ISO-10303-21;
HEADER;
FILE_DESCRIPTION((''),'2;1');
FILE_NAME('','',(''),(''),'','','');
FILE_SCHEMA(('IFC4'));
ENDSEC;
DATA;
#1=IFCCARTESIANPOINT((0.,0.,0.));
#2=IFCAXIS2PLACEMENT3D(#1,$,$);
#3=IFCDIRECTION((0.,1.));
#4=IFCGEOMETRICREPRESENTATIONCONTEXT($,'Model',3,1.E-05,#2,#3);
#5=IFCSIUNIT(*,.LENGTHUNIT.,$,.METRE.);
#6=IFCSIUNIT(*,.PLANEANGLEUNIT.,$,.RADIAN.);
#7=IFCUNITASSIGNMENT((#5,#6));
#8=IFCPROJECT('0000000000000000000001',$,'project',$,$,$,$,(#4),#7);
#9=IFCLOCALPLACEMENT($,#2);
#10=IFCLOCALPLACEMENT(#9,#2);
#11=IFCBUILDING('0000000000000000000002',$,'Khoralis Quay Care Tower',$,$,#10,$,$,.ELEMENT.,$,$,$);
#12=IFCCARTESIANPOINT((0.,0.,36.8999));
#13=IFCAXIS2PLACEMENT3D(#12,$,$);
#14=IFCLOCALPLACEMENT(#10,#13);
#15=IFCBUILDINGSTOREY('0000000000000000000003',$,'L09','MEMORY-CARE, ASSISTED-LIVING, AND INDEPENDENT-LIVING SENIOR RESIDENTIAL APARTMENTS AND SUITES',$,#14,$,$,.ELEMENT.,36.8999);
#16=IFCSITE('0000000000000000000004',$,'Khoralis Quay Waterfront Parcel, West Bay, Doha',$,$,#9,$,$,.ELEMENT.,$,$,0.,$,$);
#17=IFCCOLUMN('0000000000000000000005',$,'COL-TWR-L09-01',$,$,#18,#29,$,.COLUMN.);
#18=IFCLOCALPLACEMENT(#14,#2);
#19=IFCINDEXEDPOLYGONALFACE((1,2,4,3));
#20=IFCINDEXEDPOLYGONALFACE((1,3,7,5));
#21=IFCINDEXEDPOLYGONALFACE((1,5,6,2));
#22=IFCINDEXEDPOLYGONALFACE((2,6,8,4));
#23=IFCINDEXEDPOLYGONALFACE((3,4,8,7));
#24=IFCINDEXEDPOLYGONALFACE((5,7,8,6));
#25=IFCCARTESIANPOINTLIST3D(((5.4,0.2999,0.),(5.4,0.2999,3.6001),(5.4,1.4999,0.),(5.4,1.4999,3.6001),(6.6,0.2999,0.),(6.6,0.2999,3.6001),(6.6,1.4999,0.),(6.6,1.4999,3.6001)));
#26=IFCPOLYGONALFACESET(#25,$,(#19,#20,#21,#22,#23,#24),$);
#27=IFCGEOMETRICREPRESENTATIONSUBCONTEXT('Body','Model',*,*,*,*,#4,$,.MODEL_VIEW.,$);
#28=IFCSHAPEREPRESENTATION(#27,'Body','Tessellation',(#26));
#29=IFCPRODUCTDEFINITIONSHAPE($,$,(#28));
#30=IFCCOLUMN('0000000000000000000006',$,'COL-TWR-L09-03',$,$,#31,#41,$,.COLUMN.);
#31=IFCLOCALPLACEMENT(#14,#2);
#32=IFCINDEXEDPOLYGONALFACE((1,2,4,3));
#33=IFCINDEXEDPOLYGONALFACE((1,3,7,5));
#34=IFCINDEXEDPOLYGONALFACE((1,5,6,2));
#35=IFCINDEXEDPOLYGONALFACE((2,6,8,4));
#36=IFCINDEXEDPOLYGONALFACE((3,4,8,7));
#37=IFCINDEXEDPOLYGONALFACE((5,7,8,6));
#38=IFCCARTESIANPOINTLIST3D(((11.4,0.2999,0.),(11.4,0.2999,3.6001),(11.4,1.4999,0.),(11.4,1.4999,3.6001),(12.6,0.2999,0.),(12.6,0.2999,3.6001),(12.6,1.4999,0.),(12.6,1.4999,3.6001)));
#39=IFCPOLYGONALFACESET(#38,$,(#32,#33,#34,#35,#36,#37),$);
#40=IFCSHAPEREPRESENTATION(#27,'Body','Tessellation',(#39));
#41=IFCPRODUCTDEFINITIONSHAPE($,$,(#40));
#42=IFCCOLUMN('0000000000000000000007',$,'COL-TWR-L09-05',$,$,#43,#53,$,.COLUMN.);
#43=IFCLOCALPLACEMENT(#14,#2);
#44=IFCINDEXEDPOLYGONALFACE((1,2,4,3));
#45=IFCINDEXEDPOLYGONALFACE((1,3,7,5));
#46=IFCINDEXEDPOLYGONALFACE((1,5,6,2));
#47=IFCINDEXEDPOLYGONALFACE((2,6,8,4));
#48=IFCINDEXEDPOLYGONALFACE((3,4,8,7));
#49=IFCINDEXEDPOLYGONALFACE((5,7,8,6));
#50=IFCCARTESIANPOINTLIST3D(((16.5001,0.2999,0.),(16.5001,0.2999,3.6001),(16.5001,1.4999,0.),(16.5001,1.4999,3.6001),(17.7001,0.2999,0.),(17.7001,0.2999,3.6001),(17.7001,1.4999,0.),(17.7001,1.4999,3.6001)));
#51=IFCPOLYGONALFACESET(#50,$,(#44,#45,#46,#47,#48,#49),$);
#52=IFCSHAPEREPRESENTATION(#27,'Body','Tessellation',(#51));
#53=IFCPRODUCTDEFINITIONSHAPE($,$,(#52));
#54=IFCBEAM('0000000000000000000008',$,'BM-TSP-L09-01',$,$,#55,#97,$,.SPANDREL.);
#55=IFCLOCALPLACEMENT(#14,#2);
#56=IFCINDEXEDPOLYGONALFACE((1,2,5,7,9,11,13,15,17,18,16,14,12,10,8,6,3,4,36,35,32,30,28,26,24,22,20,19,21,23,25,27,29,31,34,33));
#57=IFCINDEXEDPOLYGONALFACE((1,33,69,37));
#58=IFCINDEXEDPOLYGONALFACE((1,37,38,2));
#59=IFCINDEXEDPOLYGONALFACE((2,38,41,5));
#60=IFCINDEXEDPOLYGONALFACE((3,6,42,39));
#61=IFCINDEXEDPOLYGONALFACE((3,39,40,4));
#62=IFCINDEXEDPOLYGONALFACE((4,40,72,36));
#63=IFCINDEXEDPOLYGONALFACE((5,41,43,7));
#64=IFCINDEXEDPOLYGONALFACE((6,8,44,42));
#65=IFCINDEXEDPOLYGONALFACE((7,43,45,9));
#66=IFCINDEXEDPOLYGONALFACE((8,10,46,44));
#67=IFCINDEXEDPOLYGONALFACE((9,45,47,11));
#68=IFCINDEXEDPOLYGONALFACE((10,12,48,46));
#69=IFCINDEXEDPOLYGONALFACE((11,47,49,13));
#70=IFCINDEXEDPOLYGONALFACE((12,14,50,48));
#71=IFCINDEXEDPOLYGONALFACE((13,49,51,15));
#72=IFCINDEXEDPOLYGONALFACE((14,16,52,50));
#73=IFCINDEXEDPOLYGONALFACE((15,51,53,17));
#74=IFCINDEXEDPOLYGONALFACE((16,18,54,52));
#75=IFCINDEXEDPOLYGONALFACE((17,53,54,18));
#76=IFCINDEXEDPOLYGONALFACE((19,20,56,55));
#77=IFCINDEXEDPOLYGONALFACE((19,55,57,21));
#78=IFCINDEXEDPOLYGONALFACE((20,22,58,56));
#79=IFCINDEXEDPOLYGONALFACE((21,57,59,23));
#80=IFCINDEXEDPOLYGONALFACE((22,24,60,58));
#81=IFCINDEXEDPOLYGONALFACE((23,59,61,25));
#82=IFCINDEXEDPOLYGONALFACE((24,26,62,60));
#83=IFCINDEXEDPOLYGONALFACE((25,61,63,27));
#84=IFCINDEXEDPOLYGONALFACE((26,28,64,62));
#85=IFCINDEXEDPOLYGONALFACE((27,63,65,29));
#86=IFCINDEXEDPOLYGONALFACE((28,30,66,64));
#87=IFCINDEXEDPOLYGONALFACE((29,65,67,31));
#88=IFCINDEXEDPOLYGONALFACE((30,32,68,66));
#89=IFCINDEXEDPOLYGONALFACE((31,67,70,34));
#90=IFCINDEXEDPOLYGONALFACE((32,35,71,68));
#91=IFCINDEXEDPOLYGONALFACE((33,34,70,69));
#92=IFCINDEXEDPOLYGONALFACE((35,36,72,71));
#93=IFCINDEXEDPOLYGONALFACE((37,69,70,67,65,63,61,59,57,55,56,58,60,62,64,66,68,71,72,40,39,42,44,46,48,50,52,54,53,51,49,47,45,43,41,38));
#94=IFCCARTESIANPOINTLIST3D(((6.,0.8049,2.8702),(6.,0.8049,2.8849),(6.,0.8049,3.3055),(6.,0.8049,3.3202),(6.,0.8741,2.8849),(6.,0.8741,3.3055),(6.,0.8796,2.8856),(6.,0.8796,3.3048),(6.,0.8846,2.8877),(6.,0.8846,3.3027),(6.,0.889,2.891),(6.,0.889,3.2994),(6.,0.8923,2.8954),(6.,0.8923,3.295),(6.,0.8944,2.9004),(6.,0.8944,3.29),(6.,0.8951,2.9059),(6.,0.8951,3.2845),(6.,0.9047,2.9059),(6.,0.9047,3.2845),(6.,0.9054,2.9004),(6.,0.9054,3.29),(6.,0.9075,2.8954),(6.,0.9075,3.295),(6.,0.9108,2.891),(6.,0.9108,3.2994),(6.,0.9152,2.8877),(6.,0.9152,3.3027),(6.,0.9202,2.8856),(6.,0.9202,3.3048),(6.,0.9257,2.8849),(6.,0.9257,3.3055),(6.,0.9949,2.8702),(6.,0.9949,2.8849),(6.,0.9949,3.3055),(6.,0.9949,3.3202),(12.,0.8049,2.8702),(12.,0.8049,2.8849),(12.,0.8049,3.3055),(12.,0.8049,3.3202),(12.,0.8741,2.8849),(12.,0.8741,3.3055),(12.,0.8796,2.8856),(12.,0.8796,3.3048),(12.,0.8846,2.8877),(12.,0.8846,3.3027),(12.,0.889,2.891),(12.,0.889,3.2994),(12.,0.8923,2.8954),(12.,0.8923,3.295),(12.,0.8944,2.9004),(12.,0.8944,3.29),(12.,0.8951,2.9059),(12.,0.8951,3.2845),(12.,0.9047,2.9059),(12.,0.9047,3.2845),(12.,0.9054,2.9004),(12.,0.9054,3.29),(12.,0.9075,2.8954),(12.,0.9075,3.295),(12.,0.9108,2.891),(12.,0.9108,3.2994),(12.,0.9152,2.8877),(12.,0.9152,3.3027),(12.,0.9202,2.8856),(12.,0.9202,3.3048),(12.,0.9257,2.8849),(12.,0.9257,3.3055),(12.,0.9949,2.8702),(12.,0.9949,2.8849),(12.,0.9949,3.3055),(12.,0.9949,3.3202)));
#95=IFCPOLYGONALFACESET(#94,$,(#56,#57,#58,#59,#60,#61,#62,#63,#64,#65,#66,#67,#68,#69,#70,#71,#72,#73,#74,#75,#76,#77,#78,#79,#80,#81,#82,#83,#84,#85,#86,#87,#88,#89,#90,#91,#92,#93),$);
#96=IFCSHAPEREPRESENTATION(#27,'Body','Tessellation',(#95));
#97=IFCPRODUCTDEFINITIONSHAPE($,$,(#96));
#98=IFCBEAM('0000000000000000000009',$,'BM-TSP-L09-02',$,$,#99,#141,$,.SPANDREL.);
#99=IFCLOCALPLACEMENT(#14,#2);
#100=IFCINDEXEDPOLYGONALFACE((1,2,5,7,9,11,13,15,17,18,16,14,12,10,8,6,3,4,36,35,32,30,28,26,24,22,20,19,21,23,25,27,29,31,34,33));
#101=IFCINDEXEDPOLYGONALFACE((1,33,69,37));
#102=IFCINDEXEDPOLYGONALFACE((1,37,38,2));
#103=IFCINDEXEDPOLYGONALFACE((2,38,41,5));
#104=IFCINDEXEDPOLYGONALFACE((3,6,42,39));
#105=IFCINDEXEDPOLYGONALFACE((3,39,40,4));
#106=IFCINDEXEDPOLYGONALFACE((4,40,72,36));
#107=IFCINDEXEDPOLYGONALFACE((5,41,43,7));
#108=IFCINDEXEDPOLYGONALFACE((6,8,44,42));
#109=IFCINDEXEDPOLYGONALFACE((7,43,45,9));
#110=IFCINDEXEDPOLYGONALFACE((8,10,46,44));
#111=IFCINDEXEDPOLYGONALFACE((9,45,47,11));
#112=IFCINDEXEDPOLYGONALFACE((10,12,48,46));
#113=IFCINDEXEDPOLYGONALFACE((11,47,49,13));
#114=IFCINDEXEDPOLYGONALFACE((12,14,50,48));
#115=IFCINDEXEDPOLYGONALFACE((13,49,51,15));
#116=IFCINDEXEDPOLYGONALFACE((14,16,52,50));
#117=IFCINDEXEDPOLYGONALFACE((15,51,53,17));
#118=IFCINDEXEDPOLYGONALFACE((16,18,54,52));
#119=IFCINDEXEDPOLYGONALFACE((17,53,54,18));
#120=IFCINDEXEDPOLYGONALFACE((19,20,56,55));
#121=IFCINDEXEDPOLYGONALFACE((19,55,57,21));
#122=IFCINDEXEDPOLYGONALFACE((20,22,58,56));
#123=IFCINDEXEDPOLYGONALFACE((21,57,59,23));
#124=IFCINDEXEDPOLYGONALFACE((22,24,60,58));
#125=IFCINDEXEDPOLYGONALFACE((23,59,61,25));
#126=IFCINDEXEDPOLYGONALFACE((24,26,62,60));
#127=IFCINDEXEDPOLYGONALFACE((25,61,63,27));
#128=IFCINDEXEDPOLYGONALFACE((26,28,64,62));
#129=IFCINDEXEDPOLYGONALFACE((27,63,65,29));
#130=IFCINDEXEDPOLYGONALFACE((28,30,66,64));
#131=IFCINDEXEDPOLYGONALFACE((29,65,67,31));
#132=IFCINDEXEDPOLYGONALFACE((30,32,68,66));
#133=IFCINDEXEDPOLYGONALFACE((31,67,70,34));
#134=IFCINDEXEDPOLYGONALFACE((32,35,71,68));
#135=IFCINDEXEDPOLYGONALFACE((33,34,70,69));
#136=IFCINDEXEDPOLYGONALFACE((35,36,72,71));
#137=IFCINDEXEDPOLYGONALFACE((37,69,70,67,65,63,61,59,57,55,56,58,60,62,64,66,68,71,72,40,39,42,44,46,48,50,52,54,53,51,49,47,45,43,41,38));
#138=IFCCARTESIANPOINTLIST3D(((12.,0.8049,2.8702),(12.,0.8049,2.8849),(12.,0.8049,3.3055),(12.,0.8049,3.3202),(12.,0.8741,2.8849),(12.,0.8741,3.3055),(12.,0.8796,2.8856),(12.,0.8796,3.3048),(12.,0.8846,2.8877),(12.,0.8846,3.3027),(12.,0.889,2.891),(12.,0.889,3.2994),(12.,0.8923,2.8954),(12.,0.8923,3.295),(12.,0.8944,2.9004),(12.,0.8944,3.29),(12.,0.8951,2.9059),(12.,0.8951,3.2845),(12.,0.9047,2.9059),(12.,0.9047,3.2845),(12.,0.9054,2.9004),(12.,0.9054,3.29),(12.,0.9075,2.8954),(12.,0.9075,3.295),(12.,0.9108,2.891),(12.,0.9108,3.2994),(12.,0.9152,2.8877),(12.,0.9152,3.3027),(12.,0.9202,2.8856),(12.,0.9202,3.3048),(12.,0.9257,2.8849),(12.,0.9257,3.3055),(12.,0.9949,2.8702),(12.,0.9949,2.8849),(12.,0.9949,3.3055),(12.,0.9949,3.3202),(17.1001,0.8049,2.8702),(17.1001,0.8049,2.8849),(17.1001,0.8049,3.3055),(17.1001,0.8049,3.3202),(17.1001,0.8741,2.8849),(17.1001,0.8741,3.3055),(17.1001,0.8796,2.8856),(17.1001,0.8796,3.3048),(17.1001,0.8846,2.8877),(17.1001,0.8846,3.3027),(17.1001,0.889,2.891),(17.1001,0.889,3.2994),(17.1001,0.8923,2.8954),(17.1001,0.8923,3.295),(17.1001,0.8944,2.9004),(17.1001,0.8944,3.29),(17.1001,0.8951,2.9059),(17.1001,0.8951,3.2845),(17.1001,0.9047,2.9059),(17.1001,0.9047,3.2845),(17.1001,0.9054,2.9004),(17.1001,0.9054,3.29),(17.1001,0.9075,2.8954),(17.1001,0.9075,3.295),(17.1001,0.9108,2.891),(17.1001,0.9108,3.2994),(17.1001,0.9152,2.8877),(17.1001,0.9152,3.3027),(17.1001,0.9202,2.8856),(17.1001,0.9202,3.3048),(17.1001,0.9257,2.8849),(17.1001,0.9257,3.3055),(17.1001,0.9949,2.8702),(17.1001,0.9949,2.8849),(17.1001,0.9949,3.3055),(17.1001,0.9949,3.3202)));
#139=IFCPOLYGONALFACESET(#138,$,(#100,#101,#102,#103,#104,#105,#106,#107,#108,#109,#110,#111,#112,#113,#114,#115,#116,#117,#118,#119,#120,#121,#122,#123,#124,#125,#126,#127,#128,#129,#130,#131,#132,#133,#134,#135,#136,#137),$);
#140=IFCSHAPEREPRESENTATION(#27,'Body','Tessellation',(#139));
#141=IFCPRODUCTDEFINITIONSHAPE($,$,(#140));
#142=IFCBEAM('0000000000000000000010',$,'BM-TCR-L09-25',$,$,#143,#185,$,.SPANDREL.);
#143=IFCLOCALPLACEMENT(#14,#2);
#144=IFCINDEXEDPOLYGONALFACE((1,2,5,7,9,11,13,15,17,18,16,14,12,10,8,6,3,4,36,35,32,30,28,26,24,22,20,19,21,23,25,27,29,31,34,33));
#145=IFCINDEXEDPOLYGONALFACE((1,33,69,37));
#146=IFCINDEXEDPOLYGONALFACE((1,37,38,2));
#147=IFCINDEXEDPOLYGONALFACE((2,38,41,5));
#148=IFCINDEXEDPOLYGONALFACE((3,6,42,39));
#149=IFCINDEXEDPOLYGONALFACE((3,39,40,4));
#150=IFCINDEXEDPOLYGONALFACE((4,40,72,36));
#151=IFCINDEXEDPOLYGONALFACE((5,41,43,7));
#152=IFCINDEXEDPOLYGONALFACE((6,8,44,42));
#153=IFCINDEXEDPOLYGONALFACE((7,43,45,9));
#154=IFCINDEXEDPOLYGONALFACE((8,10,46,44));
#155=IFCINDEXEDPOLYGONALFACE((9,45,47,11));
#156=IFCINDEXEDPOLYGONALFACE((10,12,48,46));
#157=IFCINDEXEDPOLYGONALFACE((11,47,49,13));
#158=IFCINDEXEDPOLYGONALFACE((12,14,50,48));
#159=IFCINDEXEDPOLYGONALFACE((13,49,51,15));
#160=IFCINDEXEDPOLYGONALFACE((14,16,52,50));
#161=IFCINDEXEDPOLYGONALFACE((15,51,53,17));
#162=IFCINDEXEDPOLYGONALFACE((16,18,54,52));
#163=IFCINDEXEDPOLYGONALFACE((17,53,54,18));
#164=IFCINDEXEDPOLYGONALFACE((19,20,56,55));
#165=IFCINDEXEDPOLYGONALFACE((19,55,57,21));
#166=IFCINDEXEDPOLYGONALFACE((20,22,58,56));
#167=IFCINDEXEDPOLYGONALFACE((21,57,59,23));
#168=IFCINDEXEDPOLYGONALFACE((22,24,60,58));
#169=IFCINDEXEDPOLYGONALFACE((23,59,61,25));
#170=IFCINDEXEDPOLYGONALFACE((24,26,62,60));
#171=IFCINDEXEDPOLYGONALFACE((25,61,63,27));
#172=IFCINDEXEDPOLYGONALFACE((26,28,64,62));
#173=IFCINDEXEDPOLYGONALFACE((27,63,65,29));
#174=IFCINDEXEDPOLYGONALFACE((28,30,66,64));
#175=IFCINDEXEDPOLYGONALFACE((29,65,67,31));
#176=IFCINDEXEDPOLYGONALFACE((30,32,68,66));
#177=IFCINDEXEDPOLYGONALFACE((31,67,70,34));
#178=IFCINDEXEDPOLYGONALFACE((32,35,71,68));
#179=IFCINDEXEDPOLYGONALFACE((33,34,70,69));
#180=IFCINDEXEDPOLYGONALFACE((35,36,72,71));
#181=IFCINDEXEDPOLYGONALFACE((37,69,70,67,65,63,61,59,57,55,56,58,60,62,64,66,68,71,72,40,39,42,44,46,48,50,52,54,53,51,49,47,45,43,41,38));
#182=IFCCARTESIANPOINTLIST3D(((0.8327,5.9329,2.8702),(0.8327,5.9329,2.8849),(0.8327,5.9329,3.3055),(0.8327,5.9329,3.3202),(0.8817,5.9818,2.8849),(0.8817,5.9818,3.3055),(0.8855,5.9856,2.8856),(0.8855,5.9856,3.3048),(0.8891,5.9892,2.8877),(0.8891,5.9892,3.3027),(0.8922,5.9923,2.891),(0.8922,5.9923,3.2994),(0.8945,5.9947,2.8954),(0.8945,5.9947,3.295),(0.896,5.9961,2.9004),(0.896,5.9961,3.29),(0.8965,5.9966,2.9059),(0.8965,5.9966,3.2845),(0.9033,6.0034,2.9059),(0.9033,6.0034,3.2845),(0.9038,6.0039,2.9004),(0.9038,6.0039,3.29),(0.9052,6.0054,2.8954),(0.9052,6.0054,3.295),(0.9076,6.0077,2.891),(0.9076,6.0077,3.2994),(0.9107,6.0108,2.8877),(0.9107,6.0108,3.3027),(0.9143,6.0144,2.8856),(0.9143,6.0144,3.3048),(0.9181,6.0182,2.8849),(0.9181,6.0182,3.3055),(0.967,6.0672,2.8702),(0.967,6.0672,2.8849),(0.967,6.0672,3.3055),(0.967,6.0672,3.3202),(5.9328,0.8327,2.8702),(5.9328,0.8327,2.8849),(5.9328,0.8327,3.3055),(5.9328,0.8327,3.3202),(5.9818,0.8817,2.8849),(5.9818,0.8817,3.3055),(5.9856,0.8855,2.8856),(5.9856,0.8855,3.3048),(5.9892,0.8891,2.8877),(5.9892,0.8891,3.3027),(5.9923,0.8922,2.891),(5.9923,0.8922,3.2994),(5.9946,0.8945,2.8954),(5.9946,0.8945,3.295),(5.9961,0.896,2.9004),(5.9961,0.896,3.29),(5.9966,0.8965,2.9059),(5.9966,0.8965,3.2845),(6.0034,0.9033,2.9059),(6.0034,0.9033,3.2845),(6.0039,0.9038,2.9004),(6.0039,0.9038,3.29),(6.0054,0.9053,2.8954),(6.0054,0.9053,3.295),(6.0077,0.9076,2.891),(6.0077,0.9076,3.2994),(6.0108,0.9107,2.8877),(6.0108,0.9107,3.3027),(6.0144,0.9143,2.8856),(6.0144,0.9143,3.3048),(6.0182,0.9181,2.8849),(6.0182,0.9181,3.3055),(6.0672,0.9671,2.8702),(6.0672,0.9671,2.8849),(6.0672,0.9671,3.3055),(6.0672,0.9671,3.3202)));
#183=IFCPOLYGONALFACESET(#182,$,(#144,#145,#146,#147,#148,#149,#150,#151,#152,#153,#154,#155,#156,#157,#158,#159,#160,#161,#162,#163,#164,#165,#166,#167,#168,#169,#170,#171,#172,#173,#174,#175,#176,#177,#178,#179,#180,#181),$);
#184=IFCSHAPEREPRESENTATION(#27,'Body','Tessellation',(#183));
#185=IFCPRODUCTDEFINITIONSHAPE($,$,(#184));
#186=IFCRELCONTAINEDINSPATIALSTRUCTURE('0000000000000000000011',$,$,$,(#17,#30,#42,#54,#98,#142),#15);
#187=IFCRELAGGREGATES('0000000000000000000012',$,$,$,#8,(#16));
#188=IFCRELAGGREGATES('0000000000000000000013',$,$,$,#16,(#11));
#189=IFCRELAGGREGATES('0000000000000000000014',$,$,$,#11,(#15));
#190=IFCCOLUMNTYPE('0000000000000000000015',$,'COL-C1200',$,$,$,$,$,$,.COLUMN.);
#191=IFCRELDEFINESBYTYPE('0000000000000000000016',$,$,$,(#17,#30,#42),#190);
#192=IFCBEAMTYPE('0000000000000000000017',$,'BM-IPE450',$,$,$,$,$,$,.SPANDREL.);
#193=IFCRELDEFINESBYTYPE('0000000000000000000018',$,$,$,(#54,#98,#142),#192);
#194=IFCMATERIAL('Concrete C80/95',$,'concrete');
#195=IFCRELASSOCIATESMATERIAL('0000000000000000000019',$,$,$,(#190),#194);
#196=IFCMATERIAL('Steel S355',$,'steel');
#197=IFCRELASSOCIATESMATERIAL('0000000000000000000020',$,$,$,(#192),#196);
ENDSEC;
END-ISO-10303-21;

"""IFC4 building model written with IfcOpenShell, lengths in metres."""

from ifc_helpers import new_model, si_unit, direction, frame, origin, origin_2d, place, context, subcontext, project, spatial, rectangle, i_section, extrude, source, transform, mapped, material, material_profile, profile_set, type_object, element, save


model = new_model("IFC4")

# Units and contexts
model_context = context("Model", 3, precision=1e-05, world=origin(), true_north=direction((0.0, 1.0)))
body_context = subcontext(model_context, "Body", "Model", "MODEL_VIEW")
ifc_project = project(units=[si_unit("LENGTHUNIT", "METRE"), si_unit("PLANEANGLEUNIT", "RADIAN")], contexts=[model_context])

# Site, building, storey
site_placement = place(None, origin())
site = spatial("IfcSite", under=ifc_project, at=site_placement, Name="Khoralis Quay Waterfront Parcel, West Bay, Doha", CompositionType="ELEMENT", RefElevation=0.0)
building_placement = place(site_placement, origin())
building = spatial("IfcBuilding", under=site, at=building_placement, Name="Khoralis Quay Care Tower", CompositionType="ELEMENT")
storey_placement = place(building_placement, frame((0.0, 0.0, 36.8999)))
storey = spatial("IfcBuildingStorey", under=building, at=storey_placement, Name="L09", Description="MEMORY-CARE, ASSISTED-LIVING, AND INDEPENDENT-LIVING SENIOR RESIDENTIAL APARTMENTS AND SUITES", CompositionType="ELEMENT", Elevation=36.8999)

# Columns
ifc_material_1 = material(Name="Concrete C80/95", Category="concrete")
ifc_material_profile_1 = material_profile(ifc_material_1, rectangle(XDim=1.2, YDim=1.2, at=origin_2d()), Name="Concrete C80/95")
ifc_profile_set_1 = profile_set([ifc_material_profile_1], Name="Concrete C80/95")
column_type = type_object("IfcColumnType", Name="COL-C1200", PredefinedType="COLUMN", material=ifc_profile_set_1)
shared_shape_1 = source(origin(), body_context, "Body", "SweptSolid", [
    extrude(rectangle(XDim=1.2, YDim=1.2, at=origin_2d()), origin(), (0.0, 0.0, 1.0), 3.6001),
])
for number, where, z_axis, x_axis, name in (
    (1, (6.0, 0.8999, 0.0), (0.0, 0.0, 1.0), (1.0, 0.0, 0.0), "COL-TWR-L09-01"),
    (2, (12.0, 0.8999, 0.0), (0.0, 0.0, 1.0), (1.0, 0.0, 0.0), "COL-TWR-L09-03"),
    (3, (17.1001, 0.8999, 0.0), (0.0, 0.0, 1.0), (1.0, 0.0, 0.0), "COL-TWR-L09-05"),
):
    element("IfcColumn", number, at=place(storey_placement, frame(where, z_axis=z_axis, x_axis=x_axis)), inside=storey, type_object=column_type, Name=name, PredefinedType="COLUMN", context=body_context, shape_type="MappedRepresentation", body=[
        mapped(shared_shape_1, transform((0.0, 0.0, 0.0), scale=1.0)),
    ])

# Beams
ifc_material_2 = material(Name="Steel S355", Category="steel")
ifc_material_profile_2 = material_profile(ifc_material_2, i_section(OverallWidth=0.1899, OverallDepth=0.45, WebThickness=0.0095, FlangeThickness=0.0146, FilletRadius=0.021, at=origin_2d()), Name="Steel S355")
ifc_profile_set_2 = profile_set([ifc_material_profile_2], Name="Steel S355")
beam_type_1 = type_object("IfcBeamType", Name="BM-IPE450", PredefinedType="SPANDREL", material=ifc_profile_set_2)
shared_shape_2 = source(origin(), body_context, "Body", "SweptSolid", [
    extrude(i_section(OverallWidth=0.1899, OverallDepth=0.45, WebThickness=0.0095, FlangeThickness=0.0146, FilletRadius=0.021, at=origin_2d()), origin(), (0.0, 0.0, 1.0), 6.0),
])
beam_1_placement = place(storey_placement, frame((6.0, 0.8999, 3.0952), z_axis=(1.0, 0.0, 0.0), x_axis=(0.0, 1.0, 0.0)))
element("IfcBeam", 4, at=beam_1_placement, inside=storey, type_object=beam_type_1, Name="BM-TSP-L09-01", PredefinedType="SPANDREL", context=body_context, shape_type="MappedRepresentation", body=[
    mapped(shared_shape_2, transform((0.0, 0.0, 0.0), scale=1.0)),
])
shared_shape_3 = source(origin(), body_context, "Body", "SweptSolid", [
    extrude(i_section(OverallWidth=0.1899, OverallDepth=0.45, WebThickness=0.0095, FlangeThickness=0.0146, FilletRadius=0.021, at=origin_2d()), origin(), (0.0, 0.0, 1.0), 5.1001),
])
beam_2_placement = place(storey_placement, frame((12.0, 0.8999, 3.0952), z_axis=(1.0, 0.0, 0.0), x_axis=(0.0, 1.0, 0.0)))
element("IfcBeam", 5, at=beam_2_placement, inside=storey, type_object=beam_type_1, Name="BM-TSP-L09-02", PredefinedType="SPANDREL", context=body_context, shape_type="MappedRepresentation", body=[
    mapped(shared_shape_3, transform((0.0, 0.0, 0.0), scale=1.0)),
])
shared_shape_4 = source(origin(), body_context, "Body", "SweptSolid", [
    extrude(i_section(OverallWidth=0.1899, OverallDepth=0.45, WebThickness=0.0095, FlangeThickness=0.0146, FilletRadius=0.021, at=origin_2d()), origin(), (0.0, 0.0, 1.0), 7.2126),
])
beam_3_placement = place(storey_placement, frame((6.0, 0.8999, 3.0952), z_axis=(-0.707107, 0.707107, 0.0), x_axis=(-0.707107, -0.707107, 0.0)))
element("IfcBeam", 6, at=beam_3_placement, inside=storey, type_object=beam_type_1, Name="BM-TCR-L09-25", PredefinedType="SPANDREL", context=body_context, shape_type="MappedRepresentation", body=[
    mapped(shared_shape_4, transform((0.0, 0.0, 0.0), scale=1.0)),
])

save(model, "model.ifc")
